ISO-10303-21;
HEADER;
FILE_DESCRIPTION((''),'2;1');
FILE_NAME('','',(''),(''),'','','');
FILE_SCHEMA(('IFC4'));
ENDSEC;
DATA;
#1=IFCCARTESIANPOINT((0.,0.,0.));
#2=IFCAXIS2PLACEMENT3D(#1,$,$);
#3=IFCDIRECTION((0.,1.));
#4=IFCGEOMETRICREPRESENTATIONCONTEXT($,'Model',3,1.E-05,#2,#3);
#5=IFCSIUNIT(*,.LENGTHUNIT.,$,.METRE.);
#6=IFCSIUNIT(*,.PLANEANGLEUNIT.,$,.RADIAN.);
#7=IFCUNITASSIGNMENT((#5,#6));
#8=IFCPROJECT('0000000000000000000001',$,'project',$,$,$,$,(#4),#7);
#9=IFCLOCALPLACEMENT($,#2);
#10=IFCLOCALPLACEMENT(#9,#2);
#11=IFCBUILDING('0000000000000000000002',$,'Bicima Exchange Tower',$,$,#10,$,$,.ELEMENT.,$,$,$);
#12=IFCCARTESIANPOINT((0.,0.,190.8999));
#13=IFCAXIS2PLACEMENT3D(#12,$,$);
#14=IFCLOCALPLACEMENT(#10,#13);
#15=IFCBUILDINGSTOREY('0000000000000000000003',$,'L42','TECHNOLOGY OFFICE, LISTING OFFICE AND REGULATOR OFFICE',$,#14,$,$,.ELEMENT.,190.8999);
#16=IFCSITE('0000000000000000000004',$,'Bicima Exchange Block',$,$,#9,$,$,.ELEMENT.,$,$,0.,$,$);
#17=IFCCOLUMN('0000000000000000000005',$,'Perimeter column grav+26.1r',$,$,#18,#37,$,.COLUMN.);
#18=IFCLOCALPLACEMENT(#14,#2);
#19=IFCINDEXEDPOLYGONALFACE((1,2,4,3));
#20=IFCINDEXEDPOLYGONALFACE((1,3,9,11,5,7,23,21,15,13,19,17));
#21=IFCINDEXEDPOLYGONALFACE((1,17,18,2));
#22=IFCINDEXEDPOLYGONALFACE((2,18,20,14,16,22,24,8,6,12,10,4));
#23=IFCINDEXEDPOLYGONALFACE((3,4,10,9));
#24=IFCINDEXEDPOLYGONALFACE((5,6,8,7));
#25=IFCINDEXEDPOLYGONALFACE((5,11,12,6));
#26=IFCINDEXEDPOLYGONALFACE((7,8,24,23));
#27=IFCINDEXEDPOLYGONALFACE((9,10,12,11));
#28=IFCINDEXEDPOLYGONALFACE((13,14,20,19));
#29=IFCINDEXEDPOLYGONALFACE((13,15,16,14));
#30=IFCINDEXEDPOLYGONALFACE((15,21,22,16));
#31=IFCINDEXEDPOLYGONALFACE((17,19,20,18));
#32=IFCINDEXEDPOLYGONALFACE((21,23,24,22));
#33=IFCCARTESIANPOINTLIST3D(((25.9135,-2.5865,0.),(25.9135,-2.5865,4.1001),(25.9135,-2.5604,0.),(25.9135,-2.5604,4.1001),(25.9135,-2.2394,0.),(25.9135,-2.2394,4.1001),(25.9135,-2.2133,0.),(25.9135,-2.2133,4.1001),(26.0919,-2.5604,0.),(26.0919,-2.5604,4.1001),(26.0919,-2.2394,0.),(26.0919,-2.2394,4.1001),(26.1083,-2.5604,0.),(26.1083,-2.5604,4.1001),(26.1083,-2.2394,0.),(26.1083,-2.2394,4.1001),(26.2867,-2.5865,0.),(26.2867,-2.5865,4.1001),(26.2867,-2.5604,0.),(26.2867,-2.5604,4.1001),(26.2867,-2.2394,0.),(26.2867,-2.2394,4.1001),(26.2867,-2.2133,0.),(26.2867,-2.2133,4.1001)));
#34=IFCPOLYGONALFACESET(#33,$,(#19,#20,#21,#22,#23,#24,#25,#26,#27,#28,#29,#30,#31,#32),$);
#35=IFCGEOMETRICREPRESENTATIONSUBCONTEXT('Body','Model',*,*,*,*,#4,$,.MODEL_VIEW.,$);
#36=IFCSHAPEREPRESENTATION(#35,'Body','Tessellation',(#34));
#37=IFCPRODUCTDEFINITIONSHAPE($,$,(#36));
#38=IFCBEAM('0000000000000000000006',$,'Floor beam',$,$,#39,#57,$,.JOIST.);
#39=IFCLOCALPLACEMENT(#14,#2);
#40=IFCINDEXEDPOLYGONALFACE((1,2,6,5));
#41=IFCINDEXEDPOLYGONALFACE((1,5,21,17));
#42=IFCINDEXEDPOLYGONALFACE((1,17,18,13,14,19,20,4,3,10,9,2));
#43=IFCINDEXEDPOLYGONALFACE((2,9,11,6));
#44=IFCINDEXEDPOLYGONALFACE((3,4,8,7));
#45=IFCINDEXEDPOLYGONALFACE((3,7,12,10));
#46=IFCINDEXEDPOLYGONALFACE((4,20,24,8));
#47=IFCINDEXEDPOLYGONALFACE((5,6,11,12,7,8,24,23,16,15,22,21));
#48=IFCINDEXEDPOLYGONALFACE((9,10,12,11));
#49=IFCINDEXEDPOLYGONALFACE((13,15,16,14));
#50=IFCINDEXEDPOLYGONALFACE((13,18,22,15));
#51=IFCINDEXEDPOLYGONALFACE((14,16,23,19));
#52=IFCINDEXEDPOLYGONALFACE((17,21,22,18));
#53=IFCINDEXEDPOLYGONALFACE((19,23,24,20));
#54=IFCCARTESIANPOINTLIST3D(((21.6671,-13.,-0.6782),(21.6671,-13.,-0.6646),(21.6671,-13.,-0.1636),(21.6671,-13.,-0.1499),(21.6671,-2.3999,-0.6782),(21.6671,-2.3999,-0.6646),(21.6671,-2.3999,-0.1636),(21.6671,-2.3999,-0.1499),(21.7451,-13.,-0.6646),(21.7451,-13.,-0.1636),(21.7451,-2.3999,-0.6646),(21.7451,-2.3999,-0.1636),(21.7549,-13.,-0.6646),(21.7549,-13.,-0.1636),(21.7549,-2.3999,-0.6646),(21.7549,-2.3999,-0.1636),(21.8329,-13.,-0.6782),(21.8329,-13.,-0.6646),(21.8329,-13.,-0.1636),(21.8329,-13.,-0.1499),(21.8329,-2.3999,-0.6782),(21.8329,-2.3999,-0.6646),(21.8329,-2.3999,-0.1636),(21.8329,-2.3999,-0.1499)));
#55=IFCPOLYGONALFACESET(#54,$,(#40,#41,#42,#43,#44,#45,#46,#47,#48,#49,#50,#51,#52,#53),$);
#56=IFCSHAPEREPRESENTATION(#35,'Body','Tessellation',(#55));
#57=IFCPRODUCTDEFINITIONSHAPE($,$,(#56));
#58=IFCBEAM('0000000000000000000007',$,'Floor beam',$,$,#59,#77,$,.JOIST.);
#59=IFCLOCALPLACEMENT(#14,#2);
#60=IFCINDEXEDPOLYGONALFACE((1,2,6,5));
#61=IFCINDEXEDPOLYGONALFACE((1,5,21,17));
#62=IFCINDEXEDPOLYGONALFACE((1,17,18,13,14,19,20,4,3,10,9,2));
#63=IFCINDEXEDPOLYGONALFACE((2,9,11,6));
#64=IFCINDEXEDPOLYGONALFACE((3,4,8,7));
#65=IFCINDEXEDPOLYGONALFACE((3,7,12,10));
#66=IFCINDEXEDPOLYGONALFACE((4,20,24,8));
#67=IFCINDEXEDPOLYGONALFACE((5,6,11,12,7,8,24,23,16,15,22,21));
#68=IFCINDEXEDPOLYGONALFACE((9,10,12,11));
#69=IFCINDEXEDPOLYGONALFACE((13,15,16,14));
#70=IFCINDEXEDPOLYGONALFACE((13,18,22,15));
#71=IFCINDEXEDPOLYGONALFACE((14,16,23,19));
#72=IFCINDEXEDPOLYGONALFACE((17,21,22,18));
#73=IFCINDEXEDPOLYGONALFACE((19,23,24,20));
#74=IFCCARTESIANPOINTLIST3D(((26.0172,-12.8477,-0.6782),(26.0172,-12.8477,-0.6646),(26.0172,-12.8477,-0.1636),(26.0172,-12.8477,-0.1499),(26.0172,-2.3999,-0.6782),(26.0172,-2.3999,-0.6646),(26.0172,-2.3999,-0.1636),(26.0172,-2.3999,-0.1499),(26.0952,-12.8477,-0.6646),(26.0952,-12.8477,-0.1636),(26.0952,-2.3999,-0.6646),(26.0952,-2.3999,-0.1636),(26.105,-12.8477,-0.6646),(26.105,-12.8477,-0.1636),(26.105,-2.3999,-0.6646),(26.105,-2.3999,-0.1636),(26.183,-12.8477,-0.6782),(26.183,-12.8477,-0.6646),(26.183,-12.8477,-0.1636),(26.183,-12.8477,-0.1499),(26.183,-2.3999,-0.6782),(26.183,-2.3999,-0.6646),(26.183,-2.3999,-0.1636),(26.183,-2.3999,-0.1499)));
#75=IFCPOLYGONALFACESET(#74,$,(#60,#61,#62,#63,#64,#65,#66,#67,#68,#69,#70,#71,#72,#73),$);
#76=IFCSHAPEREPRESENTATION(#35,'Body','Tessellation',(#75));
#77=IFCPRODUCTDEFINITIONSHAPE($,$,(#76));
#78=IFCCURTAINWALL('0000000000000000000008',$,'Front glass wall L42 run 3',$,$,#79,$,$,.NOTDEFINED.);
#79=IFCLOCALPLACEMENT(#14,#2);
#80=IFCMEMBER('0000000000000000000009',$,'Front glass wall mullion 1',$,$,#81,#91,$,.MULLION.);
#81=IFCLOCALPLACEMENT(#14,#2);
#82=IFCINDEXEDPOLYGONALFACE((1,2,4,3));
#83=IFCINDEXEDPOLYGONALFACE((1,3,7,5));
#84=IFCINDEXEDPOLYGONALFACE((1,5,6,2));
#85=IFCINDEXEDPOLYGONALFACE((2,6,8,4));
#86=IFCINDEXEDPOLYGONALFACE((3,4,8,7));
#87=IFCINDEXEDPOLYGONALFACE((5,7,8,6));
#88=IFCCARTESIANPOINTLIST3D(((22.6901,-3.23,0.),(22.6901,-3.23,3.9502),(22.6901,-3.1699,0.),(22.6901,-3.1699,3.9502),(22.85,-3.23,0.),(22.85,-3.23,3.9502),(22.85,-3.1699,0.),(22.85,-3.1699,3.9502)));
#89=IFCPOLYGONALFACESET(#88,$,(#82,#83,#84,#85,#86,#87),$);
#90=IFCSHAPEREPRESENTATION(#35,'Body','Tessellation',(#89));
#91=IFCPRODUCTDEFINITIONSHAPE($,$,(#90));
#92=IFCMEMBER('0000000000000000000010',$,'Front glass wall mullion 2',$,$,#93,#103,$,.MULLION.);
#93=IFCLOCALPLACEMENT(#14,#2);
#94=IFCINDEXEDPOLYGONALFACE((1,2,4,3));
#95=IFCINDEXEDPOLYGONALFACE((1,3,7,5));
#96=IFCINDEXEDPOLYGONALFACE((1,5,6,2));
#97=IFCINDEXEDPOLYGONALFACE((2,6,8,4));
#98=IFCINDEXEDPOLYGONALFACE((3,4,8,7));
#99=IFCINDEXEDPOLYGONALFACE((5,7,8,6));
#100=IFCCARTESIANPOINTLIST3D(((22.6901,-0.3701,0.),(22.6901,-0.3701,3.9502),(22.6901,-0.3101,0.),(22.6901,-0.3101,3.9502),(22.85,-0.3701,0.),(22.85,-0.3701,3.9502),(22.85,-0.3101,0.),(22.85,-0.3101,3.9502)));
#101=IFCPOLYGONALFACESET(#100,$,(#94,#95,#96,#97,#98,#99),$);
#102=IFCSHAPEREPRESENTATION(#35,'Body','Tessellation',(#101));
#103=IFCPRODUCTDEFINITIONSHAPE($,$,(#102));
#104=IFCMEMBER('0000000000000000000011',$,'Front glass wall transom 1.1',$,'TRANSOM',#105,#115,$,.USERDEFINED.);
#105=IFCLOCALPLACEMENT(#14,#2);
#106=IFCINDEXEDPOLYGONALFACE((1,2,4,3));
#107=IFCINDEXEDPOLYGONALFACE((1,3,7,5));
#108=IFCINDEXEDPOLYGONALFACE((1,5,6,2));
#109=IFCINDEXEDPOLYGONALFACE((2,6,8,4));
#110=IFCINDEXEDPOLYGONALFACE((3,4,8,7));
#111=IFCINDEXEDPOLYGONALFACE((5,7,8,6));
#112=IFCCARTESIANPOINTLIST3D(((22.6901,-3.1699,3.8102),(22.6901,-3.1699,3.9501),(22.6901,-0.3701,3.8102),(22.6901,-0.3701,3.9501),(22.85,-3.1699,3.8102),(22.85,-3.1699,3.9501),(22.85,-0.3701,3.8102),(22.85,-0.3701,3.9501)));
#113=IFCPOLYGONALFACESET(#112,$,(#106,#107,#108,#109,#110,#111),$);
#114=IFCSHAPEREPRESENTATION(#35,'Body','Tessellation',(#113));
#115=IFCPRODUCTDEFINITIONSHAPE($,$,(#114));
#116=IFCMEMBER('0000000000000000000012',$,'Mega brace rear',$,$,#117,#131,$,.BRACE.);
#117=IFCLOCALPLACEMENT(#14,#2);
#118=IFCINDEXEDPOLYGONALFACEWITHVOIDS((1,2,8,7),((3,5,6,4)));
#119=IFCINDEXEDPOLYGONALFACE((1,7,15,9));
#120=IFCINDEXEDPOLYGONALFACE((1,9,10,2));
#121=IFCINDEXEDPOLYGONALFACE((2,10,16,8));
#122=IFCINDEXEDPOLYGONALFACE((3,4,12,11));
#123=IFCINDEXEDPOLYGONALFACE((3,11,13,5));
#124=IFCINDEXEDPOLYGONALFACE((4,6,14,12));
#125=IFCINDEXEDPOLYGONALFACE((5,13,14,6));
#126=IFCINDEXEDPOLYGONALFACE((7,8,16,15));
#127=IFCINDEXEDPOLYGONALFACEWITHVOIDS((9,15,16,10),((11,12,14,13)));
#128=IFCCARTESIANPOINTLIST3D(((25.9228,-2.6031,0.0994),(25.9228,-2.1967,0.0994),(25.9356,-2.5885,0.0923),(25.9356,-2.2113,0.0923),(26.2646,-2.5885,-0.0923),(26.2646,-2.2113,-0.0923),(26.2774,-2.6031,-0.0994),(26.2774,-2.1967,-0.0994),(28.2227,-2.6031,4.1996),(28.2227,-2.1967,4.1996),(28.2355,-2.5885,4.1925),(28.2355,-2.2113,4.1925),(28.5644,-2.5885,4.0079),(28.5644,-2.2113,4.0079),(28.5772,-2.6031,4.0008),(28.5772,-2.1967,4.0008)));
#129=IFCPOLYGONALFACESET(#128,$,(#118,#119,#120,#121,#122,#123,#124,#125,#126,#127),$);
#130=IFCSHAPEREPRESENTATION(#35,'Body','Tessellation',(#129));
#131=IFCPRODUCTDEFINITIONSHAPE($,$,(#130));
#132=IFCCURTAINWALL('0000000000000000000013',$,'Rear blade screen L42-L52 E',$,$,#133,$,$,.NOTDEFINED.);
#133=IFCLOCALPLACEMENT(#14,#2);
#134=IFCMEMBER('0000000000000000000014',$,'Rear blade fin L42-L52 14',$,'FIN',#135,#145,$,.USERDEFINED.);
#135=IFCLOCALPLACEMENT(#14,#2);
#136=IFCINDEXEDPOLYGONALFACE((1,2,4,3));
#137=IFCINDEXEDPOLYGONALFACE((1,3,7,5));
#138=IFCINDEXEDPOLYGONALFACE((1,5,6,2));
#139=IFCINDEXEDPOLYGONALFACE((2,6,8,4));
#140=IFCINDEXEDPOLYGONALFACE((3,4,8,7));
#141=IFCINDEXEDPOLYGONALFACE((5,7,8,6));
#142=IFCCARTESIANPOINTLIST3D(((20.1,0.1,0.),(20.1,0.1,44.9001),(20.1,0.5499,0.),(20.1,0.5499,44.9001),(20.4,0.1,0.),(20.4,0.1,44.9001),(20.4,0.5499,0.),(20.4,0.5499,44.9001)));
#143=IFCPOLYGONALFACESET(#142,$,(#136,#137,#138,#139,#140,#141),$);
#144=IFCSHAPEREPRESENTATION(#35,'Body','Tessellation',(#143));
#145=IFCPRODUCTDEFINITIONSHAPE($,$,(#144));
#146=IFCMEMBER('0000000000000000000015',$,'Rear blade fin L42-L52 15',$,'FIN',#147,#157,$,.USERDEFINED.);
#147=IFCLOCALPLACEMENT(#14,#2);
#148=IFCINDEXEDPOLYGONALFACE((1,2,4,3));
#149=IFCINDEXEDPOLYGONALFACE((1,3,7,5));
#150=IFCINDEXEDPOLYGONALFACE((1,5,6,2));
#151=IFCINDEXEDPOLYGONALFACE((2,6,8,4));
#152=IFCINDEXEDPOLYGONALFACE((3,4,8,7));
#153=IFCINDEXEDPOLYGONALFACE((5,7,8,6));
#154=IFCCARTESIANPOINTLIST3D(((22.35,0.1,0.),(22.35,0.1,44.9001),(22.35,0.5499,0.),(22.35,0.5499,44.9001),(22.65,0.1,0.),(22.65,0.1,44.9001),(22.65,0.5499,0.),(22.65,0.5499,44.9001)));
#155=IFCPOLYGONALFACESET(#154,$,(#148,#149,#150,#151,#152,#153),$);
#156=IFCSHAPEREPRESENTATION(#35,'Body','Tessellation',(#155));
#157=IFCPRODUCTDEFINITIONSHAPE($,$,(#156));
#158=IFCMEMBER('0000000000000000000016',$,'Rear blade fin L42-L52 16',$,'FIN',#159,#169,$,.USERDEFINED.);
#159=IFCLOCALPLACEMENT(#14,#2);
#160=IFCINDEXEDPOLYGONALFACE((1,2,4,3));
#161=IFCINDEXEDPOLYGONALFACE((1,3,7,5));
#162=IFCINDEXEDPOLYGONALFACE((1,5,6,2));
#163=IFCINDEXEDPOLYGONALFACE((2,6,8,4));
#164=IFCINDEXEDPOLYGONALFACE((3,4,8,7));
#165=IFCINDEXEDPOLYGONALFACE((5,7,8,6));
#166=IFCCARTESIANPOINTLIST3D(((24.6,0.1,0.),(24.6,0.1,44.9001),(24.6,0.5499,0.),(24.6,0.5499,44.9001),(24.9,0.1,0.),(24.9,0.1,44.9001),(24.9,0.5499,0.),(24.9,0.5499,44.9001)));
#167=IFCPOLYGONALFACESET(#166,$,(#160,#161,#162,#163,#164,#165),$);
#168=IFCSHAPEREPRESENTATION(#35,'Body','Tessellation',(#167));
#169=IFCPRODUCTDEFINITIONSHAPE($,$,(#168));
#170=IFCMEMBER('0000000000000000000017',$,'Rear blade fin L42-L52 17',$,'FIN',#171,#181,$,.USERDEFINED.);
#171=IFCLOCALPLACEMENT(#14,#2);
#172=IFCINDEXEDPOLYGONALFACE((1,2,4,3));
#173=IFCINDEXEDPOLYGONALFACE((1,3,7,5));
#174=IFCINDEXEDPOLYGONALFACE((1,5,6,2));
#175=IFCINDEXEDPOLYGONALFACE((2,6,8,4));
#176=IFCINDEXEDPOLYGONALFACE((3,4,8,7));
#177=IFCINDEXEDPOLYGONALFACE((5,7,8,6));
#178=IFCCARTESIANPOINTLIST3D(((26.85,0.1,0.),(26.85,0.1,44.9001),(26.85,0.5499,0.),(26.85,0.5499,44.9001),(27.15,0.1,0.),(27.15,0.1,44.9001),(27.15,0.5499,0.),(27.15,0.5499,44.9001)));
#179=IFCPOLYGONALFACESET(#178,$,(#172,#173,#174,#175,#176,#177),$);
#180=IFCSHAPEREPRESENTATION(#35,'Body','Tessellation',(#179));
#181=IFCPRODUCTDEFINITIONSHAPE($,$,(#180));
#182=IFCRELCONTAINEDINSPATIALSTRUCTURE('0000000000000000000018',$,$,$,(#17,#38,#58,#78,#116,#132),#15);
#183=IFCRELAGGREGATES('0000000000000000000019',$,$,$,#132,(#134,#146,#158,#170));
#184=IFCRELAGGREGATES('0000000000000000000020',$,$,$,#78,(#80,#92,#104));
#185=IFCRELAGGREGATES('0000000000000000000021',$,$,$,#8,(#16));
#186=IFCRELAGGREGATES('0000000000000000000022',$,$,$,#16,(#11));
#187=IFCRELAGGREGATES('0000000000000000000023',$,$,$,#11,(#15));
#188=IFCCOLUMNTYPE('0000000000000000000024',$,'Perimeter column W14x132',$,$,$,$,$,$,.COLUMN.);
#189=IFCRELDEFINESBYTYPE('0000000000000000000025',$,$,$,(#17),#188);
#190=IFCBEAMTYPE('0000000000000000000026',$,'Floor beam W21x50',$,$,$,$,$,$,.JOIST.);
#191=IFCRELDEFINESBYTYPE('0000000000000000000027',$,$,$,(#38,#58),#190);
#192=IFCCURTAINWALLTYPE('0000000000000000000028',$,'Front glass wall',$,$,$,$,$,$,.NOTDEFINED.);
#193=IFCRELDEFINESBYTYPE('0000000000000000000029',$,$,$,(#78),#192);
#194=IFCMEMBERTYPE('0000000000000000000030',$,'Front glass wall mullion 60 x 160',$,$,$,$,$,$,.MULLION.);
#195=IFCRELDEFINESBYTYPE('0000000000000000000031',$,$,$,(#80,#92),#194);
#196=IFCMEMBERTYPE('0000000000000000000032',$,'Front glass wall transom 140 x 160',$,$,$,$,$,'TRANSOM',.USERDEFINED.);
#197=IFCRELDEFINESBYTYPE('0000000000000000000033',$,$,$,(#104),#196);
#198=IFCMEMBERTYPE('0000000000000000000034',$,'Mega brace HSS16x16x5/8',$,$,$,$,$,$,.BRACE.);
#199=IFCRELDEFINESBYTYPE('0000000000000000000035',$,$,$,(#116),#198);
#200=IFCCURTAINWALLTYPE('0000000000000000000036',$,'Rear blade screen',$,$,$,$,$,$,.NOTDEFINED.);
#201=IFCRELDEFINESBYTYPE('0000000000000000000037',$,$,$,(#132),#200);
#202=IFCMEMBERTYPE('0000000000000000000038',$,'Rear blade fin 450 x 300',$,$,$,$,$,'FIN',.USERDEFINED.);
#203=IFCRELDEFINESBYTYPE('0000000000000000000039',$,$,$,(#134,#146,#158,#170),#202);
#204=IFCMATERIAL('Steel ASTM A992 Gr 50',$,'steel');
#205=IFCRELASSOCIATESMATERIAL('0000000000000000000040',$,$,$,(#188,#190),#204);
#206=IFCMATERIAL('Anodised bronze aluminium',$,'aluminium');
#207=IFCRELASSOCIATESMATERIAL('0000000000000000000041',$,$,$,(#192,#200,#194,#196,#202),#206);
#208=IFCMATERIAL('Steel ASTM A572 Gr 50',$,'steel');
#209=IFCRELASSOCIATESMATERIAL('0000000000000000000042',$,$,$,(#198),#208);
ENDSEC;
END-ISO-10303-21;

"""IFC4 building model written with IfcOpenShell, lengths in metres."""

from ifc_helpers import new_model, si_unit, direction, frame, origin, origin_2d, place, context, subcontext, project, spatial, rectangle, hollow_rectangle, i_section, extrude, material, material_profile, profile_set, type_object, element, aggregate, save


model = new_model("IFC4")

# Units and contexts
model_context = context("Model", 3, precision=1e-05, world=origin(), true_north=direction((0.0, 1.0)))
body_context = subcontext(model_context, "Body", "Model", "MODEL_VIEW")
ifc_project = project(units=[si_unit("LENGTHUNIT", "METRE"), si_unit("PLANEANGLEUNIT", "RADIAN")], contexts=[model_context])

# Site, building, storey
site_placement = place(None, origin())
site = spatial("IfcSite", under=ifc_project, at=site_placement, Name="Bicima Exchange Block", CompositionType="ELEMENT", RefElevation=0.0)
building_placement = place(site_placement, origin())
building = spatial("IfcBuilding", under=site, at=building_placement, Name="Bicima Exchange Tower", CompositionType="ELEMENT")
storey_placement = place(building_placement, frame((0.0, 0.0, 190.8999)))
storey = spatial("IfcBuildingStorey", under=building, at=storey_placement, Name="L42", Description="TECHNOLOGY OFFICE, LISTING OFFICE AND REGULATOR OFFICE", CompositionType="ELEMENT", Elevation=190.8999)

# Column
ifc_material_1 = material(Name="Steel ASTM A992 Gr 50", Category="steel")
ifc_material_profile_1 = material_profile(ifc_material_1, i_section(OverallWidth=0.3733, OverallDepth=0.3733, WebThickness=0.0164, FlangeThickness=0.0261, at=origin_2d()))
ifc_profile_set_1 = profile_set([ifc_material_profile_1], Name="Steel ASTM A992 Gr 50")
column_type = type_object("IfcColumnType", Name="Perimeter column W14x132", PredefinedType="COLUMN", material=ifc_profile_set_1)
column_placement = place(storey_placement, frame((26.1001, -2.3999, 0.0), z_axis=(0.0, 0.0, 1.0), x_axis=(1.0, 0.0, 0.0)))
element("IfcColumn", 1, at=column_placement, inside=storey, type_object=column_type, Name="Perimeter column grav+26.1r", PredefinedType="COLUMN", context=body_context, shape_type="SweptSolid", body=[
    extrude(i_section(OverallWidth=0.3733, OverallDepth=0.3733, WebThickness=0.0164, FlangeThickness=0.0261, at=origin_2d()), origin(), (0.0, 0.0, 1.0), 4.1001),
])

# Beams
ifc_material_profile_2 = material_profile(ifc_material_1, i_section(OverallWidth=0.1658, OverallDepth=0.5283, WebThickness=0.0098, FlangeThickness=0.0137, at=origin_2d()))
ifc_profile_set_2 = profile_set([ifc_material_profile_2], Name="Steel ASTM A992 Gr 50")
beam_type = type_object("IfcBeamType", Name="Floor beam W21x50", PredefinedType="JOIST", material=ifc_profile_set_2)
beam_1_placement = place(storey_placement, frame((21.75, -2.3999, -0.4141), z_axis=(0.0, -1.0, 0.0), x_axis=(1.0, 0.0, 0.0)))
element("IfcBeam", 2, at=beam_1_placement, inside=storey, type_object=beam_type, Name="Floor beam", PredefinedType="JOIST", context=body_context, shape_type="SweptSolid", body=[
    extrude(i_section(OverallWidth=0.1658, OverallDepth=0.5283, WebThickness=0.0098, FlangeThickness=0.0137, at=origin_2d()), origin(), (0.0, 0.0, 1.0), 10.6001),
])
beam_2_placement = place(storey_placement, frame((26.1001, -2.3999, -0.4141), z_axis=(0.0, -1.0, 0.0), x_axis=(1.0, 0.0, 0.0)))
element("IfcBeam", 3, at=beam_2_placement, inside=storey, type_object=beam_type, Name="Floor beam", PredefinedType="JOIST", context=body_context, shape_type="SweptSolid", body=[
    extrude(i_section(OverallWidth=0.1658, OverallDepth=0.5283, WebThickness=0.0098, FlangeThickness=0.0137, at=origin_2d()), origin(), (0.0, 0.0, 1.0), 10.4478),
])

# Curtain wall, members
ifc_material_2 = material(Name="Anodised bronze aluminium", Category="aluminium")
curtain_wall_type_1 = type_object("IfcCurtainWallType", Name="Front glass wall", PredefinedType="NOTDEFINED", material=ifc_material_2)
curtain_wall_1_placement = place(storey_placement, origin())
curtain_wall_1 = element("IfcCurtainWall", 4, at=curtain_wall_1_placement, inside=storey, type_object=curtain_wall_type_1, Name="Front glass wall L42 run 3", PredefinedType="NOTDEFINED")
ifc_material_profile_3 = material_profile(ifc_material_2, rectangle(XDim=0.1599, YDim=0.0601, at=origin_2d()))
ifc_profile_set_3 = profile_set([ifc_material_profile_3], Name="Anodised bronze aluminium")
member_type_1 = type_object("IfcMemberType", Name="Front glass wall mullion 60 x 160", PredefinedType="MULLION", material=ifc_profile_set_3)
member_1_placement = place(storey_placement, frame((22.77, -3.2, 0.0), z_axis=(0.0, 0.0, 1.0), x_axis=(-1.0, 0.0, 0.0)))
member_1 = element("IfcMember", 5, at=member_1_placement, type_object=member_type_1, Name="Front glass wall mullion 1", PredefinedType="MULLION", context=body_context, shape_type="SweptSolid", body=[
    extrude(rectangle(XDim=0.1599, YDim=0.0601, at=origin_2d()), origin(), (0.0, 0.0, 1.0), 3.9502),
])
member_2_placement = place(storey_placement, frame((22.77, -0.3401, 0.0), z_axis=(0.0, 0.0, 1.0), x_axis=(-1.0, 0.0, 0.0)))
member_2 = element("IfcMember", 6, at=member_2_placement, type_object=member_type_1, Name="Front glass wall mullion 2", PredefinedType="MULLION", context=body_context, shape_type="SweptSolid", body=[
    extrude(rectangle(XDim=0.1599, YDim=0.0601, at=origin_2d()), origin(), (0.0, 0.0, 1.0), 3.9502),
])
ifc_material_profile_4 = material_profile(ifc_material_2, rectangle(XDim=0.1599, YDim=0.1399, at=origin_2d()))
ifc_profile_set_4 = profile_set([ifc_material_profile_4], Name="Anodised bronze aluminium")
member_type_2 = type_object("IfcMemberType", Name="Front glass wall transom 140 x 160", ElementType="TRANSOM", PredefinedType="USERDEFINED", material=ifc_profile_set_4)
member_3_placement = place(storey_placement, frame((22.77, -3.1699, 3.8801), z_axis=(0.0, 1.0, 0.0), x_axis=(-1.0, 0.0, 0.0)))
member_3 = element("IfcMember", 7, at=member_3_placement, type_object=member_type_2, Name="Front glass wall transom 1.1", ObjectType="TRANSOM", PredefinedType="USERDEFINED", context=body_context, shape_type="SweptSolid", body=[
    extrude(rectangle(XDim=0.1599, YDim=0.1399, at=origin_2d()), origin(), (0.0, 0.0, 1.0), 2.7998),
])

# Member
ifc_material_3 = material(Name="Steel ASTM A572 Gr 50", Category="steel")
ifc_material_profile_5 = material_profile(ifc_material_3, hollow_rectangle(XDim=0.4065, YDim=0.4065, WallThickness=0.0146, at=origin_2d()))
ifc_profile_set_5 = profile_set([ifc_material_profile_5], Name="Steel ASTM A572 Gr 50")
member_type_3 = type_object("IfcMemberType", Name="Mega brace HSS16x16x5/8", PredefinedType="BRACE", material=ifc_profile_set_5)
member_4_placement = place(storey_placement, frame((26.1001, -2.3999, 0.0), z_axis=(0.489211, 0.0, 0.872166), x_axis=(0.0, 1.0, 0.0)))
element("IfcMember", 8, at=member_4_placement, inside=storey, type_object=member_type_3, Name="Mega brace rear", PredefinedType="BRACE", context=body_context, shape_type="SweptSolid", body=[
    extrude(hollow_rectangle(XDim=0.4065, YDim=0.4065, WallThickness=0.0146, at=origin_2d()), origin(), (0.0, 0.0, 1.0), 4.7012),
])

# Curtain wall, members
curtain_wall_type_2 = type_object("IfcCurtainWallType", Name="Rear blade screen", PredefinedType="NOTDEFINED", material=ifc_material_2)
curtain_wall_2_placement = place(storey_placement, origin())
curtain_wall_2 = element("IfcCurtainWall", 9, at=curtain_wall_2_placement, inside=storey, type_object=curtain_wall_type_2, Name="Rear blade screen L42-L52 E", PredefinedType="NOTDEFINED")
ifc_material_profile_6 = material_profile(ifc_material_2, rectangle(XDim=0.45, YDim=0.3, at=origin_2d()))
ifc_profile_set_6 = profile_set([ifc_material_profile_6], Name="Anodised bronze aluminium")
member_type_4 = type_object("IfcMemberType", Name="Rear blade fin 450 x 300", ElementType="FIN", PredefinedType="USERDEFINED", material=ifc_profile_set_6)
member_5_placement = place(storey_placement, frame((20.25, 0.325, 0.0), z_axis=(0.0, 0.0, 1.0), x_axis=(0.0, 1.0, 0.0)))
member_5 = element("IfcMember", 10, at=member_5_placement, type_object=member_type_4, Name="Rear blade fin L42-L52 14", ObjectType="FIN", PredefinedType="USERDEFINED", context=body_context, shape_type="SweptSolid", body=[
    extrude(rectangle(XDim=0.45, YDim=0.3, at=origin_2d()), origin(), (0.0, 0.0, 1.0), 44.9001),
])
member_6_placement = place(storey_placement, frame((22.5, 0.325, 0.0), z_axis=(0.0, 0.0, 1.0), x_axis=(0.0, 1.0, 0.0)))
member_6 = element("IfcMember", 11, at=member_6_placement, type_object=member_type_4, Name="Rear blade fin L42-L52 15", ObjectType="FIN", PredefinedType="USERDEFINED", context=body_context, shape_type="SweptSolid", body=[
    extrude(rectangle(XDim=0.45, YDim=0.3, at=origin_2d()), origin(), (0.0, 0.0, 1.0), 44.9001),
])
member_7_placement = place(storey_placement, frame((24.75, 0.325, 0.0), z_axis=(0.0, 0.0, 1.0), x_axis=(0.0, 1.0, 0.0)))
member_7 = element("IfcMember", 12, at=member_7_placement, type_object=member_type_4, Name="Rear blade fin L42-L52 16", ObjectType="FIN", PredefinedType="USERDEFINED", context=body_context, shape_type="SweptSolid", body=[
    extrude(rectangle(XDim=0.45, YDim=0.3, at=origin_2d()), origin(), (0.0, 0.0, 1.0), 44.9001),
])
member_8_placement = place(storey_placement, frame((27.0, 0.325, 0.0), z_axis=(0.0, 0.0, 1.0), x_axis=(0.0, 1.0, 0.0)))
member_8 = element("IfcMember", 13, at=member_8_placement, type_object=member_type_4, Name="Rear blade fin L42-L52 17", ObjectType="FIN", PredefinedType="USERDEFINED", context=body_context, shape_type="SweptSolid", body=[
    extrude(rectangle(XDim=0.45, YDim=0.3, at=origin_2d()), origin(), (0.0, 0.0, 1.0), 44.9001),
])
aggregate(curtain_wall_2, [member_5, member_6, member_7, member_8])

aggregate(curtain_wall_1, [member_1, member_2, member_3])

save(model, "model.ifc")
